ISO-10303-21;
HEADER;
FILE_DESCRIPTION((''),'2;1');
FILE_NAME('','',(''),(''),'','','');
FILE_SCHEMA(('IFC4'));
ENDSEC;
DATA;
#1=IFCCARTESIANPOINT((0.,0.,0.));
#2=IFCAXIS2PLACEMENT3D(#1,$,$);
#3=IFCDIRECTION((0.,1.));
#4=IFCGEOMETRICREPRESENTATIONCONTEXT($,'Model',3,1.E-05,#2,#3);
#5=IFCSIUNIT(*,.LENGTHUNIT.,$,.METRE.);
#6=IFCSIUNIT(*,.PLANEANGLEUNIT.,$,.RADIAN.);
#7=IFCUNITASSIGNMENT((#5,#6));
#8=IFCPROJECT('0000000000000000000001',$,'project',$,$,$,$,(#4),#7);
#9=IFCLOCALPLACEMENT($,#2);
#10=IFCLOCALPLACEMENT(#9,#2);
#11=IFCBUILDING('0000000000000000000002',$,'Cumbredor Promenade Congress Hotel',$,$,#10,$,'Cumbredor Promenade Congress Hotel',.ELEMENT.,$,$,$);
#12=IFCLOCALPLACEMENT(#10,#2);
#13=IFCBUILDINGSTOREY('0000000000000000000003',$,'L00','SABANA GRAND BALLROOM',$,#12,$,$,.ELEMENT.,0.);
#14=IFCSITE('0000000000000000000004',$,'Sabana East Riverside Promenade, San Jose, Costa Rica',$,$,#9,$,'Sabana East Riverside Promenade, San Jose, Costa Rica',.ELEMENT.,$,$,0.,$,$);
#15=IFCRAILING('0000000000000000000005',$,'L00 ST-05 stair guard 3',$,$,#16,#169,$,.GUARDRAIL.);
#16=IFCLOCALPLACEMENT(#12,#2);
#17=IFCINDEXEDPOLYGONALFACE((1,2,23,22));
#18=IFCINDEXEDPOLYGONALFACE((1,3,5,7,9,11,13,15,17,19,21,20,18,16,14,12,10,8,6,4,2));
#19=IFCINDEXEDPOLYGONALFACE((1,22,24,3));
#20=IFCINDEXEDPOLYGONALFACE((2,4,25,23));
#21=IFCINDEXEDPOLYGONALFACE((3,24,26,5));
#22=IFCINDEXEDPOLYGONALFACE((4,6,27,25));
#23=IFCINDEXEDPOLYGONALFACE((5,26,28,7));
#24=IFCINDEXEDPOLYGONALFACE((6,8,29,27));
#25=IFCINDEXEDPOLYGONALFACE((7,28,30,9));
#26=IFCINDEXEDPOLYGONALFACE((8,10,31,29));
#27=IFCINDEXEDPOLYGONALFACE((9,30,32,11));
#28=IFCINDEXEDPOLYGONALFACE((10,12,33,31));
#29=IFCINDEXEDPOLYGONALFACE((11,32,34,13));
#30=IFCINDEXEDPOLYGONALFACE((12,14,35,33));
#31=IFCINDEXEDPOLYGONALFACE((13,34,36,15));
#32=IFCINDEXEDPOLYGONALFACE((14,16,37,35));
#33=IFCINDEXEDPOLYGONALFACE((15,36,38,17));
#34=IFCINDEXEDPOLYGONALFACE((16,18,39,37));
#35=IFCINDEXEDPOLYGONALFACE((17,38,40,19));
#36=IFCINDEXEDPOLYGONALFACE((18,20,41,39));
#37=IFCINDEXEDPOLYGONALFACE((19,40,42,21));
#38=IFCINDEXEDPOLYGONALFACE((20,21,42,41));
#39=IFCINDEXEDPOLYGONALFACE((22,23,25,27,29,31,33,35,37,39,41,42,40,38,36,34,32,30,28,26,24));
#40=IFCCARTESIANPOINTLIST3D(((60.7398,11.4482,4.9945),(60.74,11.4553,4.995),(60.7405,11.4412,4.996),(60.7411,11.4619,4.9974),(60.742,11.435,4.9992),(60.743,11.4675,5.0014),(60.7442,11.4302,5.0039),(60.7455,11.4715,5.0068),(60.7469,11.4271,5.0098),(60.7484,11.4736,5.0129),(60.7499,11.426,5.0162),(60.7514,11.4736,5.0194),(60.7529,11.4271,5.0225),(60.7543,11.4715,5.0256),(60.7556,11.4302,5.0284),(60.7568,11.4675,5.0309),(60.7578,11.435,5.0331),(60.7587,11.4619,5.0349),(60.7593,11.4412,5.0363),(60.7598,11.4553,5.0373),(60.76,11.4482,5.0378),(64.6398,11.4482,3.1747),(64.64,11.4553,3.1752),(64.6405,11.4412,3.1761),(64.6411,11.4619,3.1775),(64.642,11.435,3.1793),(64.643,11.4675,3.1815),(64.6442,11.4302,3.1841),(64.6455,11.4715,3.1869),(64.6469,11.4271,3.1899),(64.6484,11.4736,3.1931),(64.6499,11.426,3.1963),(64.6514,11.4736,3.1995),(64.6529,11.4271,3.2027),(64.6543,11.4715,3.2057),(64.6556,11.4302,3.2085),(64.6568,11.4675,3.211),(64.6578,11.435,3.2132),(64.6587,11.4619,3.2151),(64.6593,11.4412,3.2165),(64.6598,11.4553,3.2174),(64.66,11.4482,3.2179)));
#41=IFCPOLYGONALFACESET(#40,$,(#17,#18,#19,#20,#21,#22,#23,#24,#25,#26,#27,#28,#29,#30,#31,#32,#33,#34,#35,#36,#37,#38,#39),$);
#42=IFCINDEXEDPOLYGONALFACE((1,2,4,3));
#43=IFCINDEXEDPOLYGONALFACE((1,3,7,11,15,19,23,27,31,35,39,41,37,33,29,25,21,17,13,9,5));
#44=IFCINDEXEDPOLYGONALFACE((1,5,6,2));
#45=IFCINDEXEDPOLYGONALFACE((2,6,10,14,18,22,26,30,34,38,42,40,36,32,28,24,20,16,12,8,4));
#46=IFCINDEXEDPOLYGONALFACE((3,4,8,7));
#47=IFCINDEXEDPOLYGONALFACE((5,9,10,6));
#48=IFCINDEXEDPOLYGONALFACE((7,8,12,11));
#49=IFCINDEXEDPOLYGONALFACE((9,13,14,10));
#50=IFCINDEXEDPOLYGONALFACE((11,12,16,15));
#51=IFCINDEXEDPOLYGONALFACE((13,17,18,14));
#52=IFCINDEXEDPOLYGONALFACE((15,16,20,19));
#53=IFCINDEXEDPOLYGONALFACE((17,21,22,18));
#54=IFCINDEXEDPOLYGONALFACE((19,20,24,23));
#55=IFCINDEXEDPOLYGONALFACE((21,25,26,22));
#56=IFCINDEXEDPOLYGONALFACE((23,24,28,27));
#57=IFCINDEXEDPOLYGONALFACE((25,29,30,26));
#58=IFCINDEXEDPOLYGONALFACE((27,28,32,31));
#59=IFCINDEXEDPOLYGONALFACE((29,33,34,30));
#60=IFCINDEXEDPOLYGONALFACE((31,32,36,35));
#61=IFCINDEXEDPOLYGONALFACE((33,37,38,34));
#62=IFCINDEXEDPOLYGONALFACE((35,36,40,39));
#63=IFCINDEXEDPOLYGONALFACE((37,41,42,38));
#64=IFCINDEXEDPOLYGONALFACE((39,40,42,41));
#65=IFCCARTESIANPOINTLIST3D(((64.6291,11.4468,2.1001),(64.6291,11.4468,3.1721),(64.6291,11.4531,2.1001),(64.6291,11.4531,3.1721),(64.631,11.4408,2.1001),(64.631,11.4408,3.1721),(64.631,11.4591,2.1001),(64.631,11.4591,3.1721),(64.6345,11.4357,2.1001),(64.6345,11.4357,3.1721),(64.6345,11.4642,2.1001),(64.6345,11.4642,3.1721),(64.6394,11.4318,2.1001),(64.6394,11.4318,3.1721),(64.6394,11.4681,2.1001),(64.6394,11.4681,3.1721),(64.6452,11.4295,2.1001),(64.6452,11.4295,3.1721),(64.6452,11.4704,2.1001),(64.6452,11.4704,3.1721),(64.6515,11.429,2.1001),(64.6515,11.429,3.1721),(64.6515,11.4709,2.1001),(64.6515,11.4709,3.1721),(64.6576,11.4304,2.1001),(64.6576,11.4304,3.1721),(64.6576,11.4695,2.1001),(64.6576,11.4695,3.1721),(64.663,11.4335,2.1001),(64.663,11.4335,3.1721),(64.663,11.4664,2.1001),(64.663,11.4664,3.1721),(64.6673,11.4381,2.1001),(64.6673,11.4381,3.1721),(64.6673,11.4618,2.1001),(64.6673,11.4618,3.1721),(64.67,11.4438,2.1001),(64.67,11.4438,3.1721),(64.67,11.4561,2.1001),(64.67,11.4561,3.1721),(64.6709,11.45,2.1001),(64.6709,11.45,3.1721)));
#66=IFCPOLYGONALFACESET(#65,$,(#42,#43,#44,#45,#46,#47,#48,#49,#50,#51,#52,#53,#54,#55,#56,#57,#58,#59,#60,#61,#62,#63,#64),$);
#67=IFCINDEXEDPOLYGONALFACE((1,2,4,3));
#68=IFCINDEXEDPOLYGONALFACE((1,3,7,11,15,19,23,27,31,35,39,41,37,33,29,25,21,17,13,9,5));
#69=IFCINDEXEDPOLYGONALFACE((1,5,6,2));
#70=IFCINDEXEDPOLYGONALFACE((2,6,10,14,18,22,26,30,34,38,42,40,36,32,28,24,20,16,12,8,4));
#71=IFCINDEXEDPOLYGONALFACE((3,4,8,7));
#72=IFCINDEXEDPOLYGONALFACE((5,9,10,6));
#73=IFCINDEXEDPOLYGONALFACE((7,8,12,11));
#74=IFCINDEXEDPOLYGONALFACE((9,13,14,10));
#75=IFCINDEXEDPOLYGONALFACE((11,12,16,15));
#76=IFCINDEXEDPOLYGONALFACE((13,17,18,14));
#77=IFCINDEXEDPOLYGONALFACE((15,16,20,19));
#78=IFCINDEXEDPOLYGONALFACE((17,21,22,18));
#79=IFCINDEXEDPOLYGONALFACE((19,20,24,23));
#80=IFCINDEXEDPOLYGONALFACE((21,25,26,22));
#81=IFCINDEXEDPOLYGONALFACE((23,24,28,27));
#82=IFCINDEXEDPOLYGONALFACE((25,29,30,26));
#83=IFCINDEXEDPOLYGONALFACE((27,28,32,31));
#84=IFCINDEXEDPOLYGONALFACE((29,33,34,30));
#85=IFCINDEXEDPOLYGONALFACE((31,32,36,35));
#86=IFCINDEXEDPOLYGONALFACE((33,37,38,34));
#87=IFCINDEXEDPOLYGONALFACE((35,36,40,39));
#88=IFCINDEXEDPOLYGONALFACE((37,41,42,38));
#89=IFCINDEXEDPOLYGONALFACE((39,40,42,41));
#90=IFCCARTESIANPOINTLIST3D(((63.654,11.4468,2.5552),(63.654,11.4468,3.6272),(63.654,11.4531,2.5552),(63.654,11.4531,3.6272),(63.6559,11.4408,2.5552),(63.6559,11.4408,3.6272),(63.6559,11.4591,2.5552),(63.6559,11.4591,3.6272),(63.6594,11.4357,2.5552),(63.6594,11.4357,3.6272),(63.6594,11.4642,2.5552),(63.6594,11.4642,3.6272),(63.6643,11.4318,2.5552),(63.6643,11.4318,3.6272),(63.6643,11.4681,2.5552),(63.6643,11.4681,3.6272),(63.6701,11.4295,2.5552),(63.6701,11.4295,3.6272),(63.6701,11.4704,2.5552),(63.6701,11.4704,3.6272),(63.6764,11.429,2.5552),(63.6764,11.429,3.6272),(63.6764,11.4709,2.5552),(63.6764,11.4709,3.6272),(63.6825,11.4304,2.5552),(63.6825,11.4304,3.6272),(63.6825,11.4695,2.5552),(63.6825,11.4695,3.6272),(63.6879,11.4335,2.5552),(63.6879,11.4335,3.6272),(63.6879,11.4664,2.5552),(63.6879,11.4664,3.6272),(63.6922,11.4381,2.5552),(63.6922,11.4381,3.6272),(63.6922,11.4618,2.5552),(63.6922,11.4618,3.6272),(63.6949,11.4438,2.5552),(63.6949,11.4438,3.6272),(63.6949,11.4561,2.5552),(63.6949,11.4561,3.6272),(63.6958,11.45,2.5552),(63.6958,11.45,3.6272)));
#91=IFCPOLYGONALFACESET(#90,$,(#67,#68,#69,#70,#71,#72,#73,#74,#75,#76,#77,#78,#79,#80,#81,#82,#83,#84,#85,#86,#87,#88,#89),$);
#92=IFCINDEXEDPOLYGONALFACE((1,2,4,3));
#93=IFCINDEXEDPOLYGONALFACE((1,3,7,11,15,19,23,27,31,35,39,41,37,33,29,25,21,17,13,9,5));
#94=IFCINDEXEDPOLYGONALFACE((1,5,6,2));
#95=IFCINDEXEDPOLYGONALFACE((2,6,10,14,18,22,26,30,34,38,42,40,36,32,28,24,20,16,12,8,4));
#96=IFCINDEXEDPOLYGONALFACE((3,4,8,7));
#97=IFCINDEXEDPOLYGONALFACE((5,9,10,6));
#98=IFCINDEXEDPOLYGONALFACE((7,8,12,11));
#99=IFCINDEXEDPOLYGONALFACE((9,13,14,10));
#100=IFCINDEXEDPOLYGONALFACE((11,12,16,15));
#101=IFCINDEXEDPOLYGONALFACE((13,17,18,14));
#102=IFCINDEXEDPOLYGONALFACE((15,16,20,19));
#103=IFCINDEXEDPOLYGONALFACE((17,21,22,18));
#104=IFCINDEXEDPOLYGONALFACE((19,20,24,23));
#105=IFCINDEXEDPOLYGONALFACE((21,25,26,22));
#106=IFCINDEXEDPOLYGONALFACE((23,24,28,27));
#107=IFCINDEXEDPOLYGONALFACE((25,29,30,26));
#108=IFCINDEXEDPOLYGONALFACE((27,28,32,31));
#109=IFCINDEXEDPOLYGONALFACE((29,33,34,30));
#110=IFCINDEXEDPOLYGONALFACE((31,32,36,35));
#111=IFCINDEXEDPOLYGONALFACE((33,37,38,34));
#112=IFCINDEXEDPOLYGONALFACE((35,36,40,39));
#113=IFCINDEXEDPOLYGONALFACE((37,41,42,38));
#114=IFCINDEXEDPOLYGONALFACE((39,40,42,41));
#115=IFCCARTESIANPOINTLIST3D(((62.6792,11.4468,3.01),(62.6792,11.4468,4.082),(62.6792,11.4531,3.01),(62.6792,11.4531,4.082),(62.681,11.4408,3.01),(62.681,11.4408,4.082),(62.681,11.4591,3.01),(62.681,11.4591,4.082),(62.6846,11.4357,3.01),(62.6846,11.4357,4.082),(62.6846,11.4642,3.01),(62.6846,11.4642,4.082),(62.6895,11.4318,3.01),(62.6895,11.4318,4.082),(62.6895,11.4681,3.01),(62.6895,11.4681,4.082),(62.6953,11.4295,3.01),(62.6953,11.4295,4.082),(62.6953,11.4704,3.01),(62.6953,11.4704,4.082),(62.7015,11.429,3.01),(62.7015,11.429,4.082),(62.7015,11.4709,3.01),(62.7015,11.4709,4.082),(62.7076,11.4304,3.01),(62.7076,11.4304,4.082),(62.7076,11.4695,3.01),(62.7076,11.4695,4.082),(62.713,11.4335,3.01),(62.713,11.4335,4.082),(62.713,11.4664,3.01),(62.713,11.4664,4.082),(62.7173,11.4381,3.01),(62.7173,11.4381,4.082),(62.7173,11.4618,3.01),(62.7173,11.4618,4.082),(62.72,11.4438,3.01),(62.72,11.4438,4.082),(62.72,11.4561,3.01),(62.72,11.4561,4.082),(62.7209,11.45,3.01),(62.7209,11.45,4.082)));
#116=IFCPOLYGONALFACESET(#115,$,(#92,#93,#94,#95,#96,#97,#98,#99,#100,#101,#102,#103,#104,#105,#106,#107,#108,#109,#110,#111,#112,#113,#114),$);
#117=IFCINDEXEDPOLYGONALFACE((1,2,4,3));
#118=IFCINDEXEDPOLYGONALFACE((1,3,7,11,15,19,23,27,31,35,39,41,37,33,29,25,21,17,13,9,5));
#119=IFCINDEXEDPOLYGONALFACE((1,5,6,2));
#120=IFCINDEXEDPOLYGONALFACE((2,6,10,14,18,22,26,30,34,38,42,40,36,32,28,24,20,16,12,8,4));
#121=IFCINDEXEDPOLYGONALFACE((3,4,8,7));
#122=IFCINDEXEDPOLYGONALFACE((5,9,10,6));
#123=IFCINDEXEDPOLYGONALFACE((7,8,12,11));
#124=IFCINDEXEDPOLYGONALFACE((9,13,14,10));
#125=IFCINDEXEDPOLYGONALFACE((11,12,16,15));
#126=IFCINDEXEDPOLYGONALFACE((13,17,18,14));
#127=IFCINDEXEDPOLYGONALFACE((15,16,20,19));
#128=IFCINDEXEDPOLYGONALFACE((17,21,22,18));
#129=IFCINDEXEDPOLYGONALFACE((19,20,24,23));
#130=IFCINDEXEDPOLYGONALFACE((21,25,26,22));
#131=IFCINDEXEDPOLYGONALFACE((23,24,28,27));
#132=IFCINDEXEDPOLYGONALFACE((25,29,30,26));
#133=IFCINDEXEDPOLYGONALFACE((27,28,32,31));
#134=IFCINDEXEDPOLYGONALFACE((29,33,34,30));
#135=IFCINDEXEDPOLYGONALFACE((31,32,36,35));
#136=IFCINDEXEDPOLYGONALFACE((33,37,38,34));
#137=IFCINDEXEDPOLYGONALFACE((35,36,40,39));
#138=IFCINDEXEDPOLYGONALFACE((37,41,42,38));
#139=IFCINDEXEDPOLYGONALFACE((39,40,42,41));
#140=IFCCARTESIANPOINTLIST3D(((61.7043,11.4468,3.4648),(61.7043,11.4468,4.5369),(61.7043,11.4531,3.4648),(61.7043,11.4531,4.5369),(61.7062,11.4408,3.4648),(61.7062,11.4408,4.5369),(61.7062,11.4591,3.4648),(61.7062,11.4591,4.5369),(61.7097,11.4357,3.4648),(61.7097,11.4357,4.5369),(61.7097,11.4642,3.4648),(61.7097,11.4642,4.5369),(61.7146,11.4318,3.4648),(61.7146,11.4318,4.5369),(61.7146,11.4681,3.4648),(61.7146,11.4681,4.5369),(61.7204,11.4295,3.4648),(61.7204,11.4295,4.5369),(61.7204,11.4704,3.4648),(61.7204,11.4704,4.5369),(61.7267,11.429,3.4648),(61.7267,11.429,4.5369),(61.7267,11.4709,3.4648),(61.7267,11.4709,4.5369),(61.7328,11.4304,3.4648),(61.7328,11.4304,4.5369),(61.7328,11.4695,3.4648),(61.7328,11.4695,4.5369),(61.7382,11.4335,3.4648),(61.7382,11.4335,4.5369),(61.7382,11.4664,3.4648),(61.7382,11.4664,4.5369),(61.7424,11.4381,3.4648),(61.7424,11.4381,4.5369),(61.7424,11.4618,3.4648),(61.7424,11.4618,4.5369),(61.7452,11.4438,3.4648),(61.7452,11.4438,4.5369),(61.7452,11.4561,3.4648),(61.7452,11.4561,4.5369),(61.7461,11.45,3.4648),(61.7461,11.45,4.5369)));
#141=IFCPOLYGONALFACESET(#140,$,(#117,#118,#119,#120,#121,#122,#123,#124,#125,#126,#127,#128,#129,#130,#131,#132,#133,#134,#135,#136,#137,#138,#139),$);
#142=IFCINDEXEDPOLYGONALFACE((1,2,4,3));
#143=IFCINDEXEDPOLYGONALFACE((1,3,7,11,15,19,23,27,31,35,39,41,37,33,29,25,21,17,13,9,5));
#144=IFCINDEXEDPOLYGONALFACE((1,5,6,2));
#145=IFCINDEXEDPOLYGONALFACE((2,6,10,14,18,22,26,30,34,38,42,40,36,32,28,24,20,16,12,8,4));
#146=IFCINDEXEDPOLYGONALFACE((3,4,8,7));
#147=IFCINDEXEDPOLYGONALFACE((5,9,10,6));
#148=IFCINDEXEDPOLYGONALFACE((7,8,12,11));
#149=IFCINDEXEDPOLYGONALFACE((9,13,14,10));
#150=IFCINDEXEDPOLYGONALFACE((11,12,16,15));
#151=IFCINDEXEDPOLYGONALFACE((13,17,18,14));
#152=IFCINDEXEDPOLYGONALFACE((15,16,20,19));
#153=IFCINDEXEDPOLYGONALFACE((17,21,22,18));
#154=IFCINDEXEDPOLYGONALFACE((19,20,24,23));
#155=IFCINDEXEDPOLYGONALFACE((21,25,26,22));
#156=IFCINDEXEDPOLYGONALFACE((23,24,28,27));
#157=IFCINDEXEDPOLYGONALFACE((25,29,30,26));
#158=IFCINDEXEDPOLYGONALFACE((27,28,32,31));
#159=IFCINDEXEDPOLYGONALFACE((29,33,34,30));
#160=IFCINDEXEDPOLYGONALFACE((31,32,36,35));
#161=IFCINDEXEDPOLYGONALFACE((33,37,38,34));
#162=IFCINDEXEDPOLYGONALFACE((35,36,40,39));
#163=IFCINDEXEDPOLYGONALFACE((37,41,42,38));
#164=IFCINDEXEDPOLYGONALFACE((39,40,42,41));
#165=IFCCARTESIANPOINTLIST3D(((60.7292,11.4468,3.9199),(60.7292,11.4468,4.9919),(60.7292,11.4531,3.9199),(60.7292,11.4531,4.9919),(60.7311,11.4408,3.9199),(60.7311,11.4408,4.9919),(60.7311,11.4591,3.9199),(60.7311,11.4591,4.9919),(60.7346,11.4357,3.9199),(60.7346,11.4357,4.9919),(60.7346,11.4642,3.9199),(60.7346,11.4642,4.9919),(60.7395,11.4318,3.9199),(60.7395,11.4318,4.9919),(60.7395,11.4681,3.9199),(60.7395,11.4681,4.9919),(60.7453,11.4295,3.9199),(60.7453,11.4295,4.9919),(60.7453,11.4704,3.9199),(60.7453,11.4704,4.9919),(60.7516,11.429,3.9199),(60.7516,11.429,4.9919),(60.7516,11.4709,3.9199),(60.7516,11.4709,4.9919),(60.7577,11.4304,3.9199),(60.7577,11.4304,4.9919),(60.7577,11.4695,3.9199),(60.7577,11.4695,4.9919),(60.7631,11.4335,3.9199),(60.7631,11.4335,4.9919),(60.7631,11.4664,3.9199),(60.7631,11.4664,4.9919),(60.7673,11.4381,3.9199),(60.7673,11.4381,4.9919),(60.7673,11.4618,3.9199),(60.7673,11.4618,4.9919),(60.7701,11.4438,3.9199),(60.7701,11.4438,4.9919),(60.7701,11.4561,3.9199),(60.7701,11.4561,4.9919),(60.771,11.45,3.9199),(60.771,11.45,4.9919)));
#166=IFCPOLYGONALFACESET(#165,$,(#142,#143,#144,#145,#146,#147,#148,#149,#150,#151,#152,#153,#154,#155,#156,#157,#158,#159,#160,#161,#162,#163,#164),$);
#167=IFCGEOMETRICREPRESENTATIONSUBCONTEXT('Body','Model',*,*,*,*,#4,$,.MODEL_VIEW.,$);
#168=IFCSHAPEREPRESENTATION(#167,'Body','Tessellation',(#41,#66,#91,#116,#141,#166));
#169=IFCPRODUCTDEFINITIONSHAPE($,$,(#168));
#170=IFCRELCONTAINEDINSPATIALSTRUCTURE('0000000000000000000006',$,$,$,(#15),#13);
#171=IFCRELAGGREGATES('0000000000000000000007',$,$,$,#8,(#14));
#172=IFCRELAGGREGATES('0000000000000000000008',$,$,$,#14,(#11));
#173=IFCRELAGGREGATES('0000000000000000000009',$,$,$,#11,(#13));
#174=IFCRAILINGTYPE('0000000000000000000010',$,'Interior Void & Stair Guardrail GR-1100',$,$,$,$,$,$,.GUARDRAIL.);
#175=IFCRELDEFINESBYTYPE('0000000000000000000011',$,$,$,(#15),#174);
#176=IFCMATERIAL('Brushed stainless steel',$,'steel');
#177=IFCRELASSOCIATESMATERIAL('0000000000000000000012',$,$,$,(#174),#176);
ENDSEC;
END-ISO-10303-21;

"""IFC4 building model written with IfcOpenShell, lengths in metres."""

from ifc_helpers import new_model, si_unit, direction, frame, origin, origin_2d, place, context, subcontext, project, spatial, circle, extrude, material, type_object, element, save


model = new_model("IFC4")

# Units and contexts
model_context = context("Model", 3, precision=1e-05, world=origin(), true_north=direction((0.0, 1.0)))
body_context = subcontext(model_context, "Body", "Model", "MODEL_VIEW")
ifc_project = project(units=[si_unit("LENGTHUNIT", "METRE"), si_unit("PLANEANGLEUNIT", "RADIAN")], contexts=[model_context])

# Site, building, storey
site_placement = place(None, origin())
site = spatial("IfcSite", under=ifc_project, at=site_placement, Name="Sabana East Riverside Promenade, San Jose, Costa Rica", LongName="Sabana East Riverside Promenade, San Jose, Costa Rica", CompositionType="ELEMENT", RefElevation=0.0)
building_placement = place(site_placement, origin())
building = spatial("IfcBuilding", under=site, at=building_placement, Name="Cumbredor Promenade Congress Hotel", LongName="Cumbredor Promenade Congress Hotel", CompositionType="ELEMENT")
storey_placement = place(building_placement, origin())
storey = spatial("IfcBuildingStorey", under=building, at=storey_placement, Name="L00", Description="SABANA GRAND BALLROOM", CompositionType="ELEMENT", Elevation=0.0)

# Railing
ifc_material_1 = material(Name="Brushed stainless steel", Category="steel")
railing_type_1 = type_object("IfcRailingType", Name="Interior Void & Stair Guardrail GR-1100", PredefinedType="GUARDRAIL", material=ifc_material_1)
railing_1_placement = place(storey_placement, frame((64.6499, 11.45, 2.1001)))
element("IfcRailing", 1, at=railing_1_placement, inside=storey, type_object=railing_type_1, Name="L00 ST-05 stair guard 3", PredefinedType="GUARDRAIL", context=body_context, shape_type="SweptSolid", body=[
    extrude(circle(Radius=0.0239, at=origin_2d()), frame((0.0, 0.0, 1.0962), z_axis=(-0.906195, 0.0, 0.422861), x_axis=(0.0, -1.0, 0.0)), (0.0, 0.0, 1.0), 4.3037),
    extrude(circle(Radius=0.021, at=origin_2d()), origin(), (0.0, 0.0, 1.0), 1.072),
    extrude(circle(Radius=0.021, at=origin_2d()), frame((-0.9751, 0.0, 0.4551)), (0.0, 0.0, 1.0), 1.072),
    extrude(circle(Radius=0.021, at=origin_2d()), frame((-1.95, 0.0, 0.9099)), (0.0, 0.0, 1.0), 1.072),
    extrude(circle(Radius=0.021, at=origin_2d()), frame((-2.9248, 0.0, 1.3647)), (0.0, 0.0, 1.0), 1.072),
    extrude(circle(Radius=0.021, at=origin_2d()), frame((-3.8999, 0.0, 1.8198)), (0.0, 0.0, 1.0), 1.072),
])

save(model, "model.ifc")
